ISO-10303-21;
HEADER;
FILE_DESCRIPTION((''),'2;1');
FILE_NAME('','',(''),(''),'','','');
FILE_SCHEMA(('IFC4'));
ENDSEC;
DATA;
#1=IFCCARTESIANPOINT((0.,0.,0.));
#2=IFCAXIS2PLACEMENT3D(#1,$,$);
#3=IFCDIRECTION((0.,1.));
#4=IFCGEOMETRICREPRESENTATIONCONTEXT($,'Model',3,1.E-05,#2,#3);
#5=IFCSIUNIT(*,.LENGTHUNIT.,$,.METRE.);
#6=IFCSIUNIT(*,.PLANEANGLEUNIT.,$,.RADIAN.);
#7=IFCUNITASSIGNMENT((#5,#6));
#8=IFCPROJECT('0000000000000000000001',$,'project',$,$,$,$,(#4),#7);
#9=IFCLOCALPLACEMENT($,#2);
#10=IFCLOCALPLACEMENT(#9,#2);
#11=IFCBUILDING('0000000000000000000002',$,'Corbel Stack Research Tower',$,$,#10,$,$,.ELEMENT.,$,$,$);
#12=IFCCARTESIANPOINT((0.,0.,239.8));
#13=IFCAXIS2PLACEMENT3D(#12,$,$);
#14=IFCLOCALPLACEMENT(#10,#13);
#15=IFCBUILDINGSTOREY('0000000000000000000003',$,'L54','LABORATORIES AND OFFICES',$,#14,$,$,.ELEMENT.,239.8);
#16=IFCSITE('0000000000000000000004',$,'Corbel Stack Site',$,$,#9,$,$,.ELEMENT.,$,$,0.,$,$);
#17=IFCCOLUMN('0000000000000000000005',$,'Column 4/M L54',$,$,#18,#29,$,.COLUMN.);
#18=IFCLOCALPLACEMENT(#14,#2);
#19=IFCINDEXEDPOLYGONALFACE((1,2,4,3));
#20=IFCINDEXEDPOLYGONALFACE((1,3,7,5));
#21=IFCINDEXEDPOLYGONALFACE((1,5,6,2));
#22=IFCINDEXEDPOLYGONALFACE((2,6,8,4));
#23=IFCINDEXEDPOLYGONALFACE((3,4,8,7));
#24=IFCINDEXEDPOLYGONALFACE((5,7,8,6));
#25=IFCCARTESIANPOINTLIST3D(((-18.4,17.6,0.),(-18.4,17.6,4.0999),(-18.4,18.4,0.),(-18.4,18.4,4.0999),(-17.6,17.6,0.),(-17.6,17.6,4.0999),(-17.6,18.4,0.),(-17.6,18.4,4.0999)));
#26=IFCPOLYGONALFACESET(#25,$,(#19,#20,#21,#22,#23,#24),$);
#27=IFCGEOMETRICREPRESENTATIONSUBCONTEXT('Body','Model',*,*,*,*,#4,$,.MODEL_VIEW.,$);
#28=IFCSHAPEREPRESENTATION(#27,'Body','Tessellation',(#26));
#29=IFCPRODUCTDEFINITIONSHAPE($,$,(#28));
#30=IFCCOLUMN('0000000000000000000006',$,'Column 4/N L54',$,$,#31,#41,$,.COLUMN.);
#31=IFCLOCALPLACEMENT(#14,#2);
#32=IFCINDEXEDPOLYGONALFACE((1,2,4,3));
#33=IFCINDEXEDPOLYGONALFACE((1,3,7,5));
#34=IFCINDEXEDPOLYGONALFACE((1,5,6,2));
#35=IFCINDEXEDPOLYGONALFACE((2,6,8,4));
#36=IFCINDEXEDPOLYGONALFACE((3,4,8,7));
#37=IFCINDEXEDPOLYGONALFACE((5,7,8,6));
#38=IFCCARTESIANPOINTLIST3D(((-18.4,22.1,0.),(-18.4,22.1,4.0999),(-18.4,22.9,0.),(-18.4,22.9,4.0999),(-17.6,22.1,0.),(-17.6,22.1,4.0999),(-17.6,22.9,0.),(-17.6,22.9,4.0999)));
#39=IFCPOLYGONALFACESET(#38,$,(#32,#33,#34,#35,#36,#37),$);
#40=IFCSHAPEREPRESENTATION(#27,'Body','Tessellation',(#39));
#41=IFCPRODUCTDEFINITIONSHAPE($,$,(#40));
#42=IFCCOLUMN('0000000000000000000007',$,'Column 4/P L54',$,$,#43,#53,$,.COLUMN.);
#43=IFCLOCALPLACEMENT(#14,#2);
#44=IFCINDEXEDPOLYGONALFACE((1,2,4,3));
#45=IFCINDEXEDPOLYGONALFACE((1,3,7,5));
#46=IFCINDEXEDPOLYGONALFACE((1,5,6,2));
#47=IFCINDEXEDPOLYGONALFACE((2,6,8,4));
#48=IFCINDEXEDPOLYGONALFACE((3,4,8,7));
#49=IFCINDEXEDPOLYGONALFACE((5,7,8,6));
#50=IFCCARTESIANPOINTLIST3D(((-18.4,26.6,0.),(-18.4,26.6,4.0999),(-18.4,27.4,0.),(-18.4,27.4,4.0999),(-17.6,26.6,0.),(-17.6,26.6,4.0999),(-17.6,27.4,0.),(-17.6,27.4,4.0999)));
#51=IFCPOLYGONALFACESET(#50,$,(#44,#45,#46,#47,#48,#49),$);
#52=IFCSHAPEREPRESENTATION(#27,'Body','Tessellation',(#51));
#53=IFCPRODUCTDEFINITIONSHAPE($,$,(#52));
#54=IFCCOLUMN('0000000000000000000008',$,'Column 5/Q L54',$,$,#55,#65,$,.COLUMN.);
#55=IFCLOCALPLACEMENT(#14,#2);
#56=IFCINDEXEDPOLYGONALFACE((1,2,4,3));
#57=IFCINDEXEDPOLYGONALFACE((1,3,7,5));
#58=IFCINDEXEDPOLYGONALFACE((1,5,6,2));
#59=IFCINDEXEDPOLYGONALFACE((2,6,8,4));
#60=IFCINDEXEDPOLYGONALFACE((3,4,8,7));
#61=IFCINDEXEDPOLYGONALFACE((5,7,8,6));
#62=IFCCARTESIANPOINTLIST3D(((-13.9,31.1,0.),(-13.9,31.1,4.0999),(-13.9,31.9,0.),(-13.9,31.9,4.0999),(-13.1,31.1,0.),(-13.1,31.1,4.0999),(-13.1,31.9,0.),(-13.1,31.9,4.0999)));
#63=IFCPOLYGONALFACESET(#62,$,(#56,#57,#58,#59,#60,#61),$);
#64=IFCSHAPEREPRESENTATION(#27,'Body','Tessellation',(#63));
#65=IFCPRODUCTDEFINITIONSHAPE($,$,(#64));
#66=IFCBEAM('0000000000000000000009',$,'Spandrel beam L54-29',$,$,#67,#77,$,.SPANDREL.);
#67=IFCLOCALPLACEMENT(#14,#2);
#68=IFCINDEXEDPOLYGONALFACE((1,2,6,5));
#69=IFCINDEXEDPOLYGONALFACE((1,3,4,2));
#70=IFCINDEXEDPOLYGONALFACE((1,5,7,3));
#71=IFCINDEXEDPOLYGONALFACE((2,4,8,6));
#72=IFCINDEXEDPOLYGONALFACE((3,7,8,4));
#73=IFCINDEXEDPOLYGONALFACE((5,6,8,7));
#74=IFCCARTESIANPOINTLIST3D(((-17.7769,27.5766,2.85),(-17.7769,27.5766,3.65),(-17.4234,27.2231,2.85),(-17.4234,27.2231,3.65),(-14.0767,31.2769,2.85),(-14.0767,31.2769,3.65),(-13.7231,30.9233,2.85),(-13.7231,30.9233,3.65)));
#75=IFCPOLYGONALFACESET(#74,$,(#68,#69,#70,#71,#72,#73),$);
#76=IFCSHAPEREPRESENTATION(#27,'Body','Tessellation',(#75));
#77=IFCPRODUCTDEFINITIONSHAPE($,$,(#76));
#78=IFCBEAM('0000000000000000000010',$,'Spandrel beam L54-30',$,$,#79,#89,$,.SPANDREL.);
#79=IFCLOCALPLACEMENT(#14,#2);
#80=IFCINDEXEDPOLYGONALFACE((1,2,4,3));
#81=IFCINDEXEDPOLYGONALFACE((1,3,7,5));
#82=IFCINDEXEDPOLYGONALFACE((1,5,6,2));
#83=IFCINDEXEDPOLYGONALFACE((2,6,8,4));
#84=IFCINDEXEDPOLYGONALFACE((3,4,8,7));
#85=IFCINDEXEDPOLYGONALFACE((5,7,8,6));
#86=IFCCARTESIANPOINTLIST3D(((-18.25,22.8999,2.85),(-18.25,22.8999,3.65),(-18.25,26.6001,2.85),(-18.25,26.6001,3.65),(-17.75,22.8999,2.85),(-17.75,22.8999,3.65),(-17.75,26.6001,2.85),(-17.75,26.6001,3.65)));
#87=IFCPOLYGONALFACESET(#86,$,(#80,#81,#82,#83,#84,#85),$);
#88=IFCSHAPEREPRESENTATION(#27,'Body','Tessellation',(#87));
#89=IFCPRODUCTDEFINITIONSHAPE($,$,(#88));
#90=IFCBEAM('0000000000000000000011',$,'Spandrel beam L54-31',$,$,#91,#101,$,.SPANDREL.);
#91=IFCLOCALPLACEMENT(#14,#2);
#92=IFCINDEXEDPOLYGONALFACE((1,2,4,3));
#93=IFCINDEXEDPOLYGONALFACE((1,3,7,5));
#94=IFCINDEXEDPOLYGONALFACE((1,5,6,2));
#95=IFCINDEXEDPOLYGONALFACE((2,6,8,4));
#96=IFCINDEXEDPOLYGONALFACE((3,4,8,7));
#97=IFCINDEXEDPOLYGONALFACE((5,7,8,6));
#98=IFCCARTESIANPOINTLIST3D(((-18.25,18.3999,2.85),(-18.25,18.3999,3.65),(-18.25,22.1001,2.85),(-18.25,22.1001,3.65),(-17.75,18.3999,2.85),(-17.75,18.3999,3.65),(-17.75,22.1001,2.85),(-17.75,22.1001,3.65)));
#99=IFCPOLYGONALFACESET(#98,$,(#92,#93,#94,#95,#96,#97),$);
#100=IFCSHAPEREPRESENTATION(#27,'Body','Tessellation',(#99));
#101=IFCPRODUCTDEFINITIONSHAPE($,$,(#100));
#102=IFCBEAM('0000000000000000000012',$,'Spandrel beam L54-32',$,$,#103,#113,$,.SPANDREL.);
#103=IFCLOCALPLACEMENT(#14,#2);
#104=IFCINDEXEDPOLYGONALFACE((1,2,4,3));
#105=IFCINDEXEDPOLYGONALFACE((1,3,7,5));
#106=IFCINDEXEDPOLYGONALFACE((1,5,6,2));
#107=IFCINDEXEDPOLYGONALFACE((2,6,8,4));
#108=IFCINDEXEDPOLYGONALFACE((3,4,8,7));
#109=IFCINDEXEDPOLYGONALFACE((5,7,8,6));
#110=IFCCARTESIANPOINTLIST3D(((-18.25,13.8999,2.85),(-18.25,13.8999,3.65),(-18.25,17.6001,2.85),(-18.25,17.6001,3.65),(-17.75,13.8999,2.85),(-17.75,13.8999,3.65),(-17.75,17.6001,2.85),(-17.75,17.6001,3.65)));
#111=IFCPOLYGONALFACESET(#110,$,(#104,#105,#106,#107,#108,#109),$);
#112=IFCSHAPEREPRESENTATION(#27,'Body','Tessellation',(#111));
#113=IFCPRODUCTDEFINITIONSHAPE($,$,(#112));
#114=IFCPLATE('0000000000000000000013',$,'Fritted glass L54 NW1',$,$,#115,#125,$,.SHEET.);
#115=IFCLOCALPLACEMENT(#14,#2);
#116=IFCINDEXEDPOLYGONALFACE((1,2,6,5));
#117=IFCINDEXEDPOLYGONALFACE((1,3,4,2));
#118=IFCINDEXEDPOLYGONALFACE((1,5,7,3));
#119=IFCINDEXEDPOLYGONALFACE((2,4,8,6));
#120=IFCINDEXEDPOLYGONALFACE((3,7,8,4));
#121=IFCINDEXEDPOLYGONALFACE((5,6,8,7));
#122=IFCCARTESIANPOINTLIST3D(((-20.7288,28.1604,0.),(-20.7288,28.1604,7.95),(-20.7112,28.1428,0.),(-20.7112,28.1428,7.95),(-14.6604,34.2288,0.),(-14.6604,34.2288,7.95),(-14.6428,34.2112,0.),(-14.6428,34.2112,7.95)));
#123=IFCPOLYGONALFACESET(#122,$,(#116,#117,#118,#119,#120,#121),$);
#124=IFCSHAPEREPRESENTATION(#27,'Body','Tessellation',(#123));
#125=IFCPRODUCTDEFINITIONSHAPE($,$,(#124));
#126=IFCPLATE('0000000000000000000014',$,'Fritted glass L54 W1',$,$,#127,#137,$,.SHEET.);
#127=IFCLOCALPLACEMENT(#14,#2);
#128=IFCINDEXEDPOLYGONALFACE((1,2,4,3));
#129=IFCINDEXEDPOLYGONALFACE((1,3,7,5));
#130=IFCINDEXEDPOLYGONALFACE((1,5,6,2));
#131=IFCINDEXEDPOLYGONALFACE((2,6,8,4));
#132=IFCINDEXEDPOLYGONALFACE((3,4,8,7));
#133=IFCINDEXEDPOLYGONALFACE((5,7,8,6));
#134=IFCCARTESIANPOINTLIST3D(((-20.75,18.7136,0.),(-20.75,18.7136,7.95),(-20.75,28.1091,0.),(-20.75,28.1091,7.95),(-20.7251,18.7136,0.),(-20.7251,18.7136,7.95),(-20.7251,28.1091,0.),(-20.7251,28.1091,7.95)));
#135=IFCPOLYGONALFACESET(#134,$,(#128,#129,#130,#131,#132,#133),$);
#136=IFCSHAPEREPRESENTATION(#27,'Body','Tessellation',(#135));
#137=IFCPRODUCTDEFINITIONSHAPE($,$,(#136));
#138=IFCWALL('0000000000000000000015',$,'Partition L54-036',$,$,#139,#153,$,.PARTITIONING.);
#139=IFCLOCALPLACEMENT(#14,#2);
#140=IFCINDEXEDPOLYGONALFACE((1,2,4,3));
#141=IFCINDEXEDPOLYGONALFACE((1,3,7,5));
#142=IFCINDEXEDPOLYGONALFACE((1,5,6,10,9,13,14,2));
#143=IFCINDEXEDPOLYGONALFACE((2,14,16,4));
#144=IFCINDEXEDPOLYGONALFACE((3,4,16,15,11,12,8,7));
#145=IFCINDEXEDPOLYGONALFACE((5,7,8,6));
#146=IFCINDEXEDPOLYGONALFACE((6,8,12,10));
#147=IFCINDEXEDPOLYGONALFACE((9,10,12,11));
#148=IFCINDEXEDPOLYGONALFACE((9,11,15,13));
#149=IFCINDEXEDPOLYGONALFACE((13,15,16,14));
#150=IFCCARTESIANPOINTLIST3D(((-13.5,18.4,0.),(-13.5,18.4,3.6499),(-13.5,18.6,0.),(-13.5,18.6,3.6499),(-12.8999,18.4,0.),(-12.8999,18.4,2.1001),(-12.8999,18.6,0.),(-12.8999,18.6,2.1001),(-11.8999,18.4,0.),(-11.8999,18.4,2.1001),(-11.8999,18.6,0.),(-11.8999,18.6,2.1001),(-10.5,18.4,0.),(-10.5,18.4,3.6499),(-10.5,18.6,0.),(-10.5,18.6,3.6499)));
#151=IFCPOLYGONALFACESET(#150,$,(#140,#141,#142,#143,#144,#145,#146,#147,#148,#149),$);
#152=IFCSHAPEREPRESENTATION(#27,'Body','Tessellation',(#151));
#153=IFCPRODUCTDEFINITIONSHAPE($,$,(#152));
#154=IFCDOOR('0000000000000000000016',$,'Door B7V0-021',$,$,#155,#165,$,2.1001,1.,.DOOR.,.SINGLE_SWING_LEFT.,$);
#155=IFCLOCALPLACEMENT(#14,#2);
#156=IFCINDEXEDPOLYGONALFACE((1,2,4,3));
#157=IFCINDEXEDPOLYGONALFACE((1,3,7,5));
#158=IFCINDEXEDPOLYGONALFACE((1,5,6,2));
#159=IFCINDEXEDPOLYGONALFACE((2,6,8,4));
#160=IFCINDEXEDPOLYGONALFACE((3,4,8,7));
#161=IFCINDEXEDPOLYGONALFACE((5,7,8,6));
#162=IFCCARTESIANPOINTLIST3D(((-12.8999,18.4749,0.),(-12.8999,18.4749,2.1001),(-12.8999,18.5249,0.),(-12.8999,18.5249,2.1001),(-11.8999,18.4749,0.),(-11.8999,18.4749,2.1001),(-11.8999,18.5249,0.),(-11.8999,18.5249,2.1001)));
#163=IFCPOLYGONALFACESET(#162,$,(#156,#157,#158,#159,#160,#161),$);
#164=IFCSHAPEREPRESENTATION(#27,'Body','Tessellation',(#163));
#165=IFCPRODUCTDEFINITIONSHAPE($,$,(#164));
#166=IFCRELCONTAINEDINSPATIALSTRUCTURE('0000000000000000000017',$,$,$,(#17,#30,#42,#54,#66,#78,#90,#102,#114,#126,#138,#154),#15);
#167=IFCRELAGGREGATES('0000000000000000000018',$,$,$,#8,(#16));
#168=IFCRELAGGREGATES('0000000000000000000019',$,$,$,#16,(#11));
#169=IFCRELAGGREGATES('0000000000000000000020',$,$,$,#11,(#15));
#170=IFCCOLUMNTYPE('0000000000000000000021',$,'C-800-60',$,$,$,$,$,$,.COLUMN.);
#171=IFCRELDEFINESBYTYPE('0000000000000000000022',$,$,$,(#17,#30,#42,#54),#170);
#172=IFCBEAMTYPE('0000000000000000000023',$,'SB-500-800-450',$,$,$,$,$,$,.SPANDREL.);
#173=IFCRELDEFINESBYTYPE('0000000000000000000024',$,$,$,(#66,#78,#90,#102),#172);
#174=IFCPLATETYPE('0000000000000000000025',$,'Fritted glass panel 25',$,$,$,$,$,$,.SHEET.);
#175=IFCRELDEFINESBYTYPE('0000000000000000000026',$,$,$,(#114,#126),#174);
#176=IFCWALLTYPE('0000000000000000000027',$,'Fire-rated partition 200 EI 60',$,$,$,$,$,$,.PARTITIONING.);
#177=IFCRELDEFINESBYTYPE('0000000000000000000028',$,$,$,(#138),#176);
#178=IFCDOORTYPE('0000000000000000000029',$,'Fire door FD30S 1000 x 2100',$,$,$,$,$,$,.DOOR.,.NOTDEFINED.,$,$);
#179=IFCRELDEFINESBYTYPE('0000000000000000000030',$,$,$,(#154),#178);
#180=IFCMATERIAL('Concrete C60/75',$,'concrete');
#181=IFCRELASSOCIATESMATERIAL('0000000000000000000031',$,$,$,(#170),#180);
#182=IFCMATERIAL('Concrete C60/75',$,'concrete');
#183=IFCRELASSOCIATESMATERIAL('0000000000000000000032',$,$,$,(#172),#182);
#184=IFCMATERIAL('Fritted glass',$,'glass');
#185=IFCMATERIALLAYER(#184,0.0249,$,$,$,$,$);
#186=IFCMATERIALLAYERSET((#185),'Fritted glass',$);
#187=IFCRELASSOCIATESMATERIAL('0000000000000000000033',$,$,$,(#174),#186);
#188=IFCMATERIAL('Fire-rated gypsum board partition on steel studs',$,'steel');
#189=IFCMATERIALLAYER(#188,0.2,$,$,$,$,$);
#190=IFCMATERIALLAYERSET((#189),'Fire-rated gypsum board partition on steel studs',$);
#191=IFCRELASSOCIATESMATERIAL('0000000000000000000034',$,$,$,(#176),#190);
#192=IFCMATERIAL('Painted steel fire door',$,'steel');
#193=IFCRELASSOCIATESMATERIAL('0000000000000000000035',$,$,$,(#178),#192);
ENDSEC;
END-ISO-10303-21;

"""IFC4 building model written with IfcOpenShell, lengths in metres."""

from ifc_helpers import new_model, si_unit, direction, frame, frame_2d, origin, origin_2d, place, context, subcontext, project, spatial, rectangle, extrude, material, layer, layer_set, material_profile, profile_set, type_object, element, fill, save


model = new_model("IFC4")

# Units and contexts
model_context = context("Model", 3, precision=1e-05, world=origin(), true_north=direction((0.0, 1.0)))
body_context = subcontext(model_context, "Body", "Model", "MODEL_VIEW")
ifc_project = project(units=[si_unit("LENGTHUNIT", "METRE"), si_unit("PLANEANGLEUNIT", "RADIAN")], contexts=[model_context])

# Site, building, storey
site_placement = place(None, origin())
site = spatial("IfcSite", under=ifc_project, at=site_placement, Name="Corbel Stack Site", CompositionType="ELEMENT", RefElevation=0.0)
building_placement = place(site_placement, origin())
building = spatial("IfcBuilding", under=site, at=building_placement, Name="Corbel Stack Research Tower", CompositionType="ELEMENT")
storey_placement = place(building_placement, frame((0.0, 0.0, 239.8)))
storey = spatial("IfcBuildingStorey", under=building, at=storey_placement, Name="L54", Description="LABORATORIES AND OFFICES", CompositionType="ELEMENT", Elevation=239.8)

# Columns
ifc_material_1 = material(Name="Concrete C60/75", Category="concrete")
ifc_material_profile_1 = material_profile(ifc_material_1, rectangle(XDim=0.8, YDim=0.8, at=origin_2d()), Name="RC 800 x 800")
ifc_profile_set_1 = profile_set([ifc_material_profile_1], Name="Concrete C60/75")
column_type = type_object("IfcColumnType", Name="C-800-60", PredefinedType="COLUMN", material=ifc_profile_set_1)
for number, where, z_axis, x_axis, name in (
    (1, (-18.0, 18.0, 0.0), (0.0, 0.0, 1.0), (1.0, 0.0, 0.0), "Column 4/M L54"),
    (2, (-18.0, 22.5, 0.0), (0.0, 0.0, 1.0), (1.0, 0.0, 0.0), "Column 4/N L54"),
    (3, (-18.0, 27.0, 0.0), (0.0, 0.0, 1.0), (1.0, 0.0, 0.0), "Column 4/P L54"),
    (4, (-13.5, 31.5, 0.0), (0.0, 0.0, 1.0), (1.0, 0.0, 0.0), "Column 5/Q L54"),
):
    element("IfcColumn", number, at=place(storey_placement, frame(where, z_axis=z_axis, x_axis=x_axis)), inside=storey, type_object=column_type, Name=name, PredefinedType="COLUMN", context=body_context, shape_type="SweptSolid", body=[
        extrude(rectangle(XDim=0.8, YDim=0.8, at=origin_2d()), origin(), (0.0, 0.0, 1.0), 4.0999),
    ])

# Beams
ifc_material_2 = material(Name="Concrete C60/75", Category="concrete")
ifc_material_profile_2 = material_profile(ifc_material_2, rectangle(XDim=0.5, YDim=0.8, at=origin_2d()), Name="RC 500 x 800")
ifc_profile_set_2 = profile_set([ifc_material_profile_2], Name="Concrete C60/75")
beam_type = type_object("IfcBeamType", Name="SB-500-800-450", PredefinedType="SPANDREL", material=ifc_profile_set_2)
beam_placement = place(storey_placement, frame((-13.8999, 31.1001, 3.25), z_axis=(-0.707107, -0.707107, 0.0), x_axis=(0.707107, -0.707107, 0.0)))
element("IfcBeam", 5, at=beam_placement, inside=storey, type_object=beam_type, Name="Spandrel beam L54-29", PredefinedType="SPANDREL", context=body_context, shape_type="SweptSolid", body=[
    extrude(rectangle(XDim=0.5, YDim=0.8, at=origin_2d()), origin(), (0.0, 0.0, 1.0), 5.2329),
])
for number, where, z_axis, x_axis, name in (
    (6, (-18.0, 26.6001, 3.25), (0.0, -1.0, 0.0), (1.0, 0.0, 0.0), "Spandrel beam L54-30"),
    (7, (-18.0, 22.1001, 3.25), (0.0, -1.0, 0.0), (1.0, 0.0, 0.0), "Spandrel beam L54-31"),
    (8, (-18.0, 17.6001, 3.25), (0.0, -1.0, 0.0), (1.0, 0.0, 0.0), "Spandrel beam L54-32"),
):
    element("IfcBeam", number, at=place(storey_placement, frame(where, z_axis=z_axis, x_axis=x_axis)), inside=storey, type_object=beam_type, Name=name, PredefinedType="SPANDREL", context=body_context, shape_type="SweptSolid", body=[
        extrude(rectangle(XDim=0.5, YDim=0.8, at=origin_2d()), origin(), (0.0, 0.0, 1.0), 3.7002),
    ])

# Plates
ifc_material_3 = material(Name="Fritted glass", Category="glass")
ifc_layer_1 = layer(ifc_material_3, 0.0249)
ifc_layer_set_1 = layer_set([ifc_layer_1], Name="Fritted glass")
plate_type = type_object("IfcPlateType", Name="Fritted glass panel 25", PredefinedType="SHEET", material=ifc_layer_set_1)
plate_1_placement = place(storey_placement, frame((-17.6858, 31.1858, 0.0), z_axis=(0.0, 0.0, 1.0), x_axis=(-0.707107, -0.707107, 0.0)))
element("IfcPlate", 9, at=plate_1_placement, inside=storey, type_object=plate_type, Name="Fritted glass L54 NW1", PredefinedType="SHEET", context=body_context, shape_type="SweptSolid", body=[
    extrude(rectangle(XDim=8.582, YDim=0.0249, at=origin_2d()), origin(), (0.0, 0.0, 1.0), 7.95),
])
plate_2_placement = place(storey_placement, frame((-20.7375, 23.4114, 0.0), z_axis=(0.0, 0.0, 1.0), x_axis=(0.0, -1.0, 0.0)))
element("IfcPlate", 10, at=plate_2_placement, inside=storey, type_object=plate_type, Name="Fritted glass L54 W1", PredefinedType="SHEET", context=body_context, shape_type="SweptSolid", body=[
    extrude(rectangle(XDim=9.3955, YDim=0.0249, at=origin_2d()), origin(), (0.0, 0.0, 1.0), 7.95),
])

# Wall, opening, door
ifc_material_4 = material(Name="Fire-rated gypsum board partition on steel studs", Category="steel")
ifc_layer_2 = layer(ifc_material_4, 0.2)
ifc_layer_set_2 = layer_set([ifc_layer_2], Name="Fire-rated gypsum board partition on steel studs")
wall_type_1 = type_object("IfcWallType", Name="Fire-rated partition 200 EI 60", PredefinedType="PARTITIONING", material=ifc_layer_set_2)
wall_1_placement = place(storey_placement, frame((-13.5, 18.5, 0.0), z_axis=(0.0, 0.0, 1.0), x_axis=(1.0, 0.0, 0.0)))
wall_1 = element("IfcWall", 11, at=wall_1_placement, inside=storey, type_object=wall_type_1, Name="Partition L54-036", PredefinedType="PARTITIONING", context=body_context, shape_type="SweptSolid", body=[
    extrude(rectangle(XDim=3.0, YDim=0.2, at=frame_2d((1.5, 0.0))), origin(), (0.0, 0.0, 1.0), 3.6499),
])
opening_1_placement = place(wall_1_placement, frame((0.6001, 0.0, 0.0)))
opening_1 = element("IfcOpeningElement", 12, at=opening_1_placement, cuts=wall_1, PredefinedType="OPENING", context=body_context, shape_type="SweptSolid", body=[
    extrude(rectangle(XDim=1.0, YDim=2.1001, at=frame_2d((0.5, 1.05))), frame((0.0, 0.1099, 0.0), z_axis=(0.0, -1.0, 0.0), x_axis=(1.0, 0.0, 0.0)), (0.0, 0.0, 1.0), 0.22),
])
ifc_material_5 = material(Name="Painted steel fire door", Category="steel")
door_type_1 = type_object("IfcDoorType", Name="Fire door FD30S 1000 x 2100", OperationType="NOTDEFINED", PredefinedType="DOOR", material=ifc_material_5)
door_1_placement = place(opening_1_placement, origin())
door_1 = element("IfcDoor", 13, at=door_1_placement, inside=storey, type_object=door_type_1, Name="Door B7V0-021", OperationType="SINGLE_SWING_LEFT", OverallHeight=2.1001, OverallWidth=1.0, PredefinedType="DOOR", context=body_context, shape_type="SweptSolid", body=[
    extrude(rectangle(XDim=1.0, YDim=2.1001, at=frame_2d((0.5, 1.05))), frame((0.0, 0.0249, 0.0), z_axis=(0.0, -1.0, 0.0), x_axis=(1.0, 0.0, 0.0)), (0.0, 0.0, 1.0), 0.05),
])
fill(opening_1, door_1)

save(model, "model.ifc")
